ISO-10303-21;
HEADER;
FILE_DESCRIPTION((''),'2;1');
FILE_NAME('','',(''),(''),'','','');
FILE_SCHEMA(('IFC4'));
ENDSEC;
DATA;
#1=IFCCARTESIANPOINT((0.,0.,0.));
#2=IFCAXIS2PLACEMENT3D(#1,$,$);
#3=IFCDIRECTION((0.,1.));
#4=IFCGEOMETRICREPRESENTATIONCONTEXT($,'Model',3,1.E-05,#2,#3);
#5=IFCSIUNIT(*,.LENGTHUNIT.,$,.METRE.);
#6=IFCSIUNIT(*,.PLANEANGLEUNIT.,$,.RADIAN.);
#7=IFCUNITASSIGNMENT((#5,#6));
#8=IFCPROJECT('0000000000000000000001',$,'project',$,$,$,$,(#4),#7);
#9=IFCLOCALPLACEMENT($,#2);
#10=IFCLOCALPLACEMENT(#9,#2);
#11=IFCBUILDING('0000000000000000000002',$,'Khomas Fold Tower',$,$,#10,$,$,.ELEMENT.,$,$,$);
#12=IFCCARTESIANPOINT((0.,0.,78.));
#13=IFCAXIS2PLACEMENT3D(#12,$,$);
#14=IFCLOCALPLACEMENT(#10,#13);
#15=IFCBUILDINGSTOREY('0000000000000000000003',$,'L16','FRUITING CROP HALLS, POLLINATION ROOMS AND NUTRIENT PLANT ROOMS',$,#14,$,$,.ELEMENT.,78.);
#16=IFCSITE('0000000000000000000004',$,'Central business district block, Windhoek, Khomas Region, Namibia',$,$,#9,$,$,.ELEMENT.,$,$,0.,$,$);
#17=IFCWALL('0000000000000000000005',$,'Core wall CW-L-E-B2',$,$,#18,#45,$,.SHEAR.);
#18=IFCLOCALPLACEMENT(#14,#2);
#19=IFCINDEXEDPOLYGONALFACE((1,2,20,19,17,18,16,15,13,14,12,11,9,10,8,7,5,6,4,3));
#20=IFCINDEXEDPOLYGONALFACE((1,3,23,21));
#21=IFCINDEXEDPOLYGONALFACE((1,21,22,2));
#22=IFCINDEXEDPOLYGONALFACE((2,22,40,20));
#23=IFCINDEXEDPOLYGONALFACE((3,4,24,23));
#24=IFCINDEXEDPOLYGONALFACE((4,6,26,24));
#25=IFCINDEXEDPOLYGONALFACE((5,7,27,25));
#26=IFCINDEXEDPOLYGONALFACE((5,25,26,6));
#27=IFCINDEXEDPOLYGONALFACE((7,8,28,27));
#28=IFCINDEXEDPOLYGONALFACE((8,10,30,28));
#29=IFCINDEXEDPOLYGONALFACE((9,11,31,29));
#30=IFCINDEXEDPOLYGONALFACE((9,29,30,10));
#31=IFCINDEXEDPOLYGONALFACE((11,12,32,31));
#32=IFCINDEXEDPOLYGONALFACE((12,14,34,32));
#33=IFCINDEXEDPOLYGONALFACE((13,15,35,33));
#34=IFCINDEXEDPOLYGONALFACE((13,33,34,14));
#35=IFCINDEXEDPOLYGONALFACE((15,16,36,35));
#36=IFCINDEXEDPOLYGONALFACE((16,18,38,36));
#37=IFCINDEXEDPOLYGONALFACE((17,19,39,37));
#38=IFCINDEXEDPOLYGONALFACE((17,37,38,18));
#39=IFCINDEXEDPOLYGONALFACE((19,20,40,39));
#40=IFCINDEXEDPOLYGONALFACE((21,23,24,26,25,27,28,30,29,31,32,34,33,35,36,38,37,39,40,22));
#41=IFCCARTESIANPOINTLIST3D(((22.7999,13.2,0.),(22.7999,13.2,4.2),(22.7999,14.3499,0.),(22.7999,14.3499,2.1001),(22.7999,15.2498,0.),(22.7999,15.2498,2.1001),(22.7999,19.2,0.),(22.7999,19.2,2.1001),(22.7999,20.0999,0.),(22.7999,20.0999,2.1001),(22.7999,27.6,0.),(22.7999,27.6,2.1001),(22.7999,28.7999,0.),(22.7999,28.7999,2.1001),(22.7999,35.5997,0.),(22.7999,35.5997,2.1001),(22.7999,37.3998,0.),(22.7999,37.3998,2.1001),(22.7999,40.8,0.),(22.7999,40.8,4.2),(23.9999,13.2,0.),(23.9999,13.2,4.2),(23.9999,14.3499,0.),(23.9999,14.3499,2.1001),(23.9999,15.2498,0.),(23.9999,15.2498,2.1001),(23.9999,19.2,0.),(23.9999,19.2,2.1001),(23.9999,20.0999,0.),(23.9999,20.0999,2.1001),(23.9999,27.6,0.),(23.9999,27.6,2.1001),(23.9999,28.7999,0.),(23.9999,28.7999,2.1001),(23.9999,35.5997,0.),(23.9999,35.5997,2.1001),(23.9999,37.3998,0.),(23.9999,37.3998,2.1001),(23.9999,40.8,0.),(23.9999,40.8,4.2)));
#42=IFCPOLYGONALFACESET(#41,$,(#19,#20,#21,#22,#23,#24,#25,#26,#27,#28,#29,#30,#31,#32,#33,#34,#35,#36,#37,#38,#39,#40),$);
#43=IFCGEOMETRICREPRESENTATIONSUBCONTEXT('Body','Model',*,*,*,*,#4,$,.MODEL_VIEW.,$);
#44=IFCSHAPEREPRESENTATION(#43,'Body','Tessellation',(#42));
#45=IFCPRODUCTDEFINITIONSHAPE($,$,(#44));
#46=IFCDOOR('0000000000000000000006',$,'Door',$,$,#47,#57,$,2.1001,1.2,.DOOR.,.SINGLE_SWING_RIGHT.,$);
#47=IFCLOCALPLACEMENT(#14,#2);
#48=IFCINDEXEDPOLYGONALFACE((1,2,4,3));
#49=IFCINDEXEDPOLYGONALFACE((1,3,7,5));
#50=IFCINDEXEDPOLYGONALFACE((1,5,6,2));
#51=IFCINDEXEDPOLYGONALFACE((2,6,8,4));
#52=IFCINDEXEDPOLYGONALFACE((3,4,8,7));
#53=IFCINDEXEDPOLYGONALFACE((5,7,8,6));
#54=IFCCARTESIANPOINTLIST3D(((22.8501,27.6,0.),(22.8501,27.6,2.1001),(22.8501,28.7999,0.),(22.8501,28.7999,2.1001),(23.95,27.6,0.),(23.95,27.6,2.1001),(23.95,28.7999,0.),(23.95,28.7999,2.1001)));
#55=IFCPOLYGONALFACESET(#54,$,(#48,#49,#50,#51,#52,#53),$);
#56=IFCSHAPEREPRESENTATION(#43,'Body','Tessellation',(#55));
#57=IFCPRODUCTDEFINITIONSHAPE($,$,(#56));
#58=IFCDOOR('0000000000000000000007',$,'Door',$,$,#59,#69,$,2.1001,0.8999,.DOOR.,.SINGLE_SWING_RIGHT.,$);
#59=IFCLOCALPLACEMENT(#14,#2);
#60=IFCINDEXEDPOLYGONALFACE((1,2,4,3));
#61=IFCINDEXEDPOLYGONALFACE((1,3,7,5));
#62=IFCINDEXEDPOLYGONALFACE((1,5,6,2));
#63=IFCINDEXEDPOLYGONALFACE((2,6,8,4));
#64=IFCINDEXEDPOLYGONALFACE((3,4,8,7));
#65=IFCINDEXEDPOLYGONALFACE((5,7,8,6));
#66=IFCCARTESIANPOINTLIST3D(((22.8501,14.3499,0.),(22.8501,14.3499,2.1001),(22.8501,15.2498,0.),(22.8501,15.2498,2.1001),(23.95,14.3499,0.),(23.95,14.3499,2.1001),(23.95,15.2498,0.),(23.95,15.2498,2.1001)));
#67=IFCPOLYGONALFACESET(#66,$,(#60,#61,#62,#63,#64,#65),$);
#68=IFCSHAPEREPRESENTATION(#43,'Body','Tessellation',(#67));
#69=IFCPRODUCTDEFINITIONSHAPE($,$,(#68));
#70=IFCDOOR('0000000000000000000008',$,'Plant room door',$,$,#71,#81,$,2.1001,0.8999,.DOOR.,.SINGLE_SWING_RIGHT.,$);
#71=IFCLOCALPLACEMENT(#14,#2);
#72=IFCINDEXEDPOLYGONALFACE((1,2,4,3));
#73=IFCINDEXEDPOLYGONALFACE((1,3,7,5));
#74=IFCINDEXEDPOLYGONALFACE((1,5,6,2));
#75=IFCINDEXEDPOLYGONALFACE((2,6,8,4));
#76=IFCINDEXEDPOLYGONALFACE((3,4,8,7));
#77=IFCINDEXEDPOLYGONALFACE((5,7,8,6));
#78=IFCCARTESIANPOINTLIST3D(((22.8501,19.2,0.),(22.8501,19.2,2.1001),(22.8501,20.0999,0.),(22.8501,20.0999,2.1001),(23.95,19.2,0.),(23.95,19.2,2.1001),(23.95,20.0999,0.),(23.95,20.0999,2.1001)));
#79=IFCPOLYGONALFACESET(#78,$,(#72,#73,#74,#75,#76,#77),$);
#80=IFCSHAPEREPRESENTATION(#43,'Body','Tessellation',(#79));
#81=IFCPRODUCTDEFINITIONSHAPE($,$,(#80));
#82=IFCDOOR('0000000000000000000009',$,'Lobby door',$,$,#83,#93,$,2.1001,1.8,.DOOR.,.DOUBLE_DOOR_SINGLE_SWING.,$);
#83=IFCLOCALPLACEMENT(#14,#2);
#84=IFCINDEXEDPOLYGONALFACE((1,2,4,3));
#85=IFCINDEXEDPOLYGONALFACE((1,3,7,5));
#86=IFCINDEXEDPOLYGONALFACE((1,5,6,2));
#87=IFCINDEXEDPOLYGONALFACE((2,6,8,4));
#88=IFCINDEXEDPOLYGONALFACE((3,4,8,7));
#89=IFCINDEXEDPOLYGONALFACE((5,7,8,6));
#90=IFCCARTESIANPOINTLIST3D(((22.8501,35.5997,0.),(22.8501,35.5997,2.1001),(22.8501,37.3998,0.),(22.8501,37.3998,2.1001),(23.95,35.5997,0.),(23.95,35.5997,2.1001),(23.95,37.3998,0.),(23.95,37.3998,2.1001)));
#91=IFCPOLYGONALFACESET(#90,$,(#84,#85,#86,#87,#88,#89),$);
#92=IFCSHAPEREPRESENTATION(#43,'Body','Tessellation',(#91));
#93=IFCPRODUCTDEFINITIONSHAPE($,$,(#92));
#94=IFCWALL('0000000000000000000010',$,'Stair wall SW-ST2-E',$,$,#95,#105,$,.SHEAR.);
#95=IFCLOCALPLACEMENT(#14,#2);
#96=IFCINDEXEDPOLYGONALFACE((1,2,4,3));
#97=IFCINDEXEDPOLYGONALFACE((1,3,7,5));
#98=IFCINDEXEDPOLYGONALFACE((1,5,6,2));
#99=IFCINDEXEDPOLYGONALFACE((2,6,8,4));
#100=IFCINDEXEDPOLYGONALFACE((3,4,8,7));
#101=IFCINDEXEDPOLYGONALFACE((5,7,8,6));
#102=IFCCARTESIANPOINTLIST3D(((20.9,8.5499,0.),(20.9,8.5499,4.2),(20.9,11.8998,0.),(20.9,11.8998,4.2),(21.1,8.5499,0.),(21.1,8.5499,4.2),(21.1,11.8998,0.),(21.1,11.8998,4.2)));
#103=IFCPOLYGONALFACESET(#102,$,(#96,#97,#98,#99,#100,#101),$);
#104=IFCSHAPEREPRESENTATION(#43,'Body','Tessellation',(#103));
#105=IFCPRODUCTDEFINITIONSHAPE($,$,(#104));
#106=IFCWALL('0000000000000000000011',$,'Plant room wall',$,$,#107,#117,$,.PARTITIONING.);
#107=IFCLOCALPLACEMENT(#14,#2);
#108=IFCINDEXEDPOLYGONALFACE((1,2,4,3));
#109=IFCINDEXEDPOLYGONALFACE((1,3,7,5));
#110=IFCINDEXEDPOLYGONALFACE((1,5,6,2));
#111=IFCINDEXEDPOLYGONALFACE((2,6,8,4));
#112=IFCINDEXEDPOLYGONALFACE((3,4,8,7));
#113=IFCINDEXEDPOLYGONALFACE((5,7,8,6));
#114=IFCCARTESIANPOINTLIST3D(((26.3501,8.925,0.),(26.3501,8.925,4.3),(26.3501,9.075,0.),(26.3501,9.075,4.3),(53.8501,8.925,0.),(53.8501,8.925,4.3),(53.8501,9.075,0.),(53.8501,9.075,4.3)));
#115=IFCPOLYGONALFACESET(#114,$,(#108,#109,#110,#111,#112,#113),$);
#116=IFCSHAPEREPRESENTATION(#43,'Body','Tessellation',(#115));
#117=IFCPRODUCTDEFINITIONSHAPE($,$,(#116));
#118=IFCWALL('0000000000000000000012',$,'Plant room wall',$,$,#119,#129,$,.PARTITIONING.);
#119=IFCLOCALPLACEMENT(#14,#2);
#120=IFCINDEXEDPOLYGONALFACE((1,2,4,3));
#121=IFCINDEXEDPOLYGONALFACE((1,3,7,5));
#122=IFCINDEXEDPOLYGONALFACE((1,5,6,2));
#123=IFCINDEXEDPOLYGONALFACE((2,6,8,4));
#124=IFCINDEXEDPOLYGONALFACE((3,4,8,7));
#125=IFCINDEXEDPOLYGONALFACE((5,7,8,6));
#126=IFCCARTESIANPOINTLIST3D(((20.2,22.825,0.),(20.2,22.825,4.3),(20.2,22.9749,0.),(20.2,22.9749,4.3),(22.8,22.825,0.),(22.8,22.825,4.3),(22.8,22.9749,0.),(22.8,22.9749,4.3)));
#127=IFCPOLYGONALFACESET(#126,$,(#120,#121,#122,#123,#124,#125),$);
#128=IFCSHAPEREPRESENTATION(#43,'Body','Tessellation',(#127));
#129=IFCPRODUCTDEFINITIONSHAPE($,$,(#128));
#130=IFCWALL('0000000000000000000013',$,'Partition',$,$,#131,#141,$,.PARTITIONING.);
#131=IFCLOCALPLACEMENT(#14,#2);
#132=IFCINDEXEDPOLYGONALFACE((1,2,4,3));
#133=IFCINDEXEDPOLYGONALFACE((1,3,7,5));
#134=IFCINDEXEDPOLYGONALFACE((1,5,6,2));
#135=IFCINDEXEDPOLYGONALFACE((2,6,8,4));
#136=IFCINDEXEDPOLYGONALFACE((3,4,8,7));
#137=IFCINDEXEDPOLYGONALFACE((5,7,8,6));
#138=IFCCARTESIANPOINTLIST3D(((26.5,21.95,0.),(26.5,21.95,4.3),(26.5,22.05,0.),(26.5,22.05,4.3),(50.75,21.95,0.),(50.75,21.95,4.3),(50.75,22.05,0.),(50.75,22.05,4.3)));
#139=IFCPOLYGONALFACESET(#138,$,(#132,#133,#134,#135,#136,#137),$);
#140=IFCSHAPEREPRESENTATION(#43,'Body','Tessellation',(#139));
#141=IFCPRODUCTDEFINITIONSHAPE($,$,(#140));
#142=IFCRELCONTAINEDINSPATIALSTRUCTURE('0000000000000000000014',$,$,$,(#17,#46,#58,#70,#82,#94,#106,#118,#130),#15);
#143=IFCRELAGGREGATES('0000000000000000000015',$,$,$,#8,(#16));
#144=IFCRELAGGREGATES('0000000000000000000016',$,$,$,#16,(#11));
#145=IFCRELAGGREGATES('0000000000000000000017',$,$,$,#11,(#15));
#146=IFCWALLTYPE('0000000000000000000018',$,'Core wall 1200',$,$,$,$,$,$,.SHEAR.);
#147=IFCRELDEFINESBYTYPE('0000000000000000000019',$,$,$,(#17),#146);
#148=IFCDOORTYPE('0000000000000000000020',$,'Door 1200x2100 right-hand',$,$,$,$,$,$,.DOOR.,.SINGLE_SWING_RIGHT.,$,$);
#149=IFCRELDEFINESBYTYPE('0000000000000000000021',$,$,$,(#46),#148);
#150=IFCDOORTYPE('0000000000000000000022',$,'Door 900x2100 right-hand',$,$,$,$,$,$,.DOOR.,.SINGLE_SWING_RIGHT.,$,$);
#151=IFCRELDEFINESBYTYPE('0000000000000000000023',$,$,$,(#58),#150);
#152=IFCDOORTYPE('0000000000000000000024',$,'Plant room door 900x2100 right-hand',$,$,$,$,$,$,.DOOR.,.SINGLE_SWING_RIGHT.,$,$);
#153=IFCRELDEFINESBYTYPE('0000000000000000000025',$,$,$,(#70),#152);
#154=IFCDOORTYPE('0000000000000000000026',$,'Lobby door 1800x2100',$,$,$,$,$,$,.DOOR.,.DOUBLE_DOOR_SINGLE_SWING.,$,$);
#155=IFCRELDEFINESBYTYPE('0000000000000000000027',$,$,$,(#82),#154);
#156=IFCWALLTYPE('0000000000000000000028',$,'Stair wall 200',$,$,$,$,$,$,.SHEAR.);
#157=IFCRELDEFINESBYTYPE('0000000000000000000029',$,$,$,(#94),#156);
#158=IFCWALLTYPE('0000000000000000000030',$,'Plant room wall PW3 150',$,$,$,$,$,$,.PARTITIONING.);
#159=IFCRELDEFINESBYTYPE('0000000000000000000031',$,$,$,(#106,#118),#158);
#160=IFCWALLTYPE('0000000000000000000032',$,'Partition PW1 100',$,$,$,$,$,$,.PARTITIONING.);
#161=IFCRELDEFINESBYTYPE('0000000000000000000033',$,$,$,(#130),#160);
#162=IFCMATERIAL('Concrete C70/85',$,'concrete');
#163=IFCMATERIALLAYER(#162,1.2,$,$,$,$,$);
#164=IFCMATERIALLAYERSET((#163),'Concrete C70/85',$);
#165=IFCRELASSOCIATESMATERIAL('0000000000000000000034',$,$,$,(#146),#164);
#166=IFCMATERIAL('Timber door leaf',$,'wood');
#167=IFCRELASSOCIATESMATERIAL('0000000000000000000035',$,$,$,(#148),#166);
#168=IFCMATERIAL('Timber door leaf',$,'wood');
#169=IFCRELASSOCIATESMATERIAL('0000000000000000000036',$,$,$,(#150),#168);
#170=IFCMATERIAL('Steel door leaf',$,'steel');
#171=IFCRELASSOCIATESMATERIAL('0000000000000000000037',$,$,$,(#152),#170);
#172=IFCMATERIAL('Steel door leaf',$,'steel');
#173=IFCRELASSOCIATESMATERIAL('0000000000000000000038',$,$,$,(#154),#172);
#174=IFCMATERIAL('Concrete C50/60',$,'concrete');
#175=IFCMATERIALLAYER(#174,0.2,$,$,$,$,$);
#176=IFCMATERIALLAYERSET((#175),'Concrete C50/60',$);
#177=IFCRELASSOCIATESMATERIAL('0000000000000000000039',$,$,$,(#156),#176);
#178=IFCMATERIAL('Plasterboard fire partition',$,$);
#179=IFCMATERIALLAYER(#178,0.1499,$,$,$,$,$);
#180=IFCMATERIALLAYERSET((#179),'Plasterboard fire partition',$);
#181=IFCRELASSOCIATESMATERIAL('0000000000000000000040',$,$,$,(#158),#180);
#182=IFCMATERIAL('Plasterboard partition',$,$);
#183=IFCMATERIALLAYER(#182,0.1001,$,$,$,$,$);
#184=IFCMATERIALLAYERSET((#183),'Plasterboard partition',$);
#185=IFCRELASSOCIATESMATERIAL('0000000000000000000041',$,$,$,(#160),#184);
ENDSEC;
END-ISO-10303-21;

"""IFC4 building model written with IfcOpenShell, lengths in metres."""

from ifc_helpers import new_model, si_unit, direction, frame, frame_2d, origin, place, context, subcontext, project, spatial, rectangle, extrude, source, transform, mapped, material, layer, layer_set, type_object, element, fill, save


model = new_model("IFC4")

# Units and contexts
model_context = context("Model", 3, precision=1e-05, world=origin(), true_north=direction((0.0, 1.0)))
body_context = subcontext(model_context, "Body", "Model", "MODEL_VIEW")
ifc_project = project(units=[si_unit("LENGTHUNIT", "METRE"), si_unit("PLANEANGLEUNIT", "RADIAN")], contexts=[model_context])

# Site, building, storey
site_placement = place(None, origin())
site = spatial("IfcSite", under=ifc_project, at=site_placement, Name="Central business district block, Windhoek, Khomas Region, Namibia", CompositionType="ELEMENT", RefElevation=0.0)
building_placement = place(site_placement, origin())
building = spatial("IfcBuilding", under=site, at=building_placement, Name="Khomas Fold Tower", CompositionType="ELEMENT")
storey_placement = place(building_placement, frame((0.0, 0.0, 78.0)))
storey = spatial("IfcBuildingStorey", under=building, at=storey_placement, Name="L16", Description="FRUITING CROP HALLS, POLLINATION ROOMS AND NUTRIENT PLANT ROOMS", CompositionType="ELEMENT", Elevation=78.0)

# Shared definitions
ifc_material_1 = material(Name="Concrete C70/85", Category="concrete")
ifc_layer_1 = layer(ifc_material_1, 1.2)
ifc_layer_set_1 = layer_set([ifc_layer_1], Name="Concrete C70/85")
wall_type_1 = type_object("IfcWallType", Name="Core wall 1200", PredefinedType="SHEAR", material=ifc_layer_set_1)

# Wall, openings, doors
shared_shape_1 = source(origin(), body_context, "Body", "SweptSolid", [
    extrude(rectangle(XDim=27.6001, YDim=1.2, at=frame_2d((13.8, 0.0))), origin(), (0.0, 0.0, 1.0), 4.2),
])
wall_1_placement = place(storey_placement, frame((23.3999, 13.2, 0.0), z_axis=(0.0, 0.0, 1.0), x_axis=(0.0, 1.0, 0.0)))
wall_1 = element("IfcWall", 1, at=wall_1_placement, inside=storey, type_object=wall_type_1, Name="Core wall CW-L-E-B2", PredefinedType="SHEAR", context=body_context, shape_type="MappedRepresentation", body=[
    mapped(shared_shape_1, transform((0.0, 0.0, 0.0))),
])
shared_shape_2 = source(origin(), body_context, "Body", "SweptSolid", [
    extrude(rectangle(XDim=1.8, YDim=2.1001, at=frame_2d((0.8999, 1.05))), frame((0.0, 0.6099, 0.0), z_axis=(0.0, -1.0, 0.0), x_axis=(1.0, 0.0, 0.0)), (0.0, 0.0, 1.0), 1.22),
])
opening_1_placement = place(wall_1_placement, frame((22.3999, 0.0, 0.0)))
opening_1 = element("IfcOpeningElement", 2, at=opening_1_placement, cuts=wall_1, PredefinedType="OPENING", context=body_context, shape_type="MappedRepresentation", body=[
    mapped(shared_shape_2, transform((0.0, 0.0, 0.0))),
])
shared_shape_3 = source(origin(), body_context, "Body", "SweptSolid", [
    extrude(rectangle(XDim=1.2, YDim=2.1001, at=frame_2d((0.6001, 1.05))), frame((0.0, 0.6099, 0.0), z_axis=(0.0, -1.0, 0.0), x_axis=(1.0, 0.0, 0.0)), (0.0, 0.0, 1.0), 1.22),
])
opening_2_placement = place(wall_1_placement, frame((14.3999, 0.0, 0.0)))
opening_2 = element("IfcOpeningElement", 3, at=opening_2_placement, cuts=wall_1, PredefinedType="OPENING", context=body_context, shape_type="MappedRepresentation", body=[
    mapped(shared_shape_3, transform((0.0, 0.0, 0.0))),
])
shared_shape_4 = source(origin(), body_context, "Body", "SweptSolid", [
    extrude(rectangle(XDim=0.8999, YDim=2.1001, at=frame_2d((0.45, 1.05))), frame((0.0, 0.6099, 0.0), z_axis=(0.0, -1.0, 0.0), x_axis=(1.0, 0.0, 0.0)), (0.0, 0.0, 1.0), 1.22),
])
opening_3_placement = place(wall_1_placement, frame((1.1499, 0.0, 0.0)))
opening_3 = element("IfcOpeningElement", 4, at=opening_3_placement, cuts=wall_1, PredefinedType="OPENING", context=body_context, shape_type="MappedRepresentation", body=[
    mapped(shared_shape_4, transform((0.0, 0.0, 0.0))),
])
opening_4_placement = place(wall_1_placement, frame((6.0, 0.0, 0.0)))
opening_4 = element("IfcOpeningElement", 5, at=opening_4_placement, cuts=wall_1, PredefinedType="OPENING", context=body_context, shape_type="MappedRepresentation", body=[
    mapped(shared_shape_4, transform((0.0, 0.0, 0.0))),
])
ifc_material_2 = material(Name="Timber door leaf", Category="wood")
door_type_1 = type_object("IfcDoorType", Name="Door 1200x2100 right-hand", OperationType="SINGLE_SWING_RIGHT", PredefinedType="DOOR", material=ifc_material_2)
shared_shape_5 = source(origin(), body_context, "Body", "SweptSolid", [
    extrude(rectangle(XDim=1.2, YDim=2.1001, at=frame_2d((0.6001, 1.05))), frame((0.0, 0.5498, 0.0), z_axis=(0.0, -1.0, 0.0), x_axis=(1.0, 0.0, 0.0)), (0.0, 0.0, 1.0), 1.0999),
])
door_1_placement = place(opening_2_placement, origin())
door_1 = element("IfcDoor", 6, at=door_1_placement, inside=storey, type_object=door_type_1, Name="Door", OperationType="SINGLE_SWING_RIGHT", OverallHeight=2.1001, OverallWidth=1.2, PredefinedType="DOOR", context=body_context, shape_type="MappedRepresentation", body=[
    mapped(shared_shape_5, transform((0.0, 0.0, 0.0))),
])
fill(opening_2, door_1)
ifc_material_3 = material(Name="Timber door leaf", Category="wood")
door_type_2 = type_object("IfcDoorType", Name="Door 900x2100 right-hand", OperationType="SINGLE_SWING_RIGHT", PredefinedType="DOOR", material=ifc_material_3)
shared_shape_6 = source(origin(), body_context, "Body", "SweptSolid", [
    extrude(rectangle(XDim=0.8999, YDim=2.1001, at=frame_2d((0.45, 1.05))), frame((0.0, 0.5498, 0.0), z_axis=(0.0, -1.0, 0.0), x_axis=(1.0, 0.0, 0.0)), (0.0, 0.0, 1.0), 1.0999),
])
door_2_placement = place(opening_3_placement, origin())
door_2 = element("IfcDoor", 7, at=door_2_placement, inside=storey, type_object=door_type_2, Name="Door", OperationType="SINGLE_SWING_RIGHT", OverallHeight=2.1001, OverallWidth=0.8999, PredefinedType="DOOR", context=body_context, shape_type="MappedRepresentation", body=[
    mapped(shared_shape_6, transform((0.0, 0.0, 0.0))),
])
fill(opening_3, door_2)
ifc_material_4 = material(Name="Steel door leaf", Category="steel")
door_type_3 = type_object("IfcDoorType", Name="Plant room door 900x2100 right-hand", OperationType="SINGLE_SWING_RIGHT", PredefinedType="DOOR", material=ifc_material_4)
door_3_placement = place(opening_4_placement, origin())
door_3 = element("IfcDoor", 8, at=door_3_placement, inside=storey, type_object=door_type_3, Name="Plant room door", OperationType="SINGLE_SWING_RIGHT", OverallHeight=2.1001, OverallWidth=0.8999, PredefinedType="DOOR", context=body_context, shape_type="MappedRepresentation", body=[
    mapped(shared_shape_6, transform((0.0, 0.0, 0.0))),
])
fill(opening_4, door_3)
ifc_material_5 = material(Name="Steel door leaf", Category="steel")
door_type_4 = type_object("IfcDoorType", Name="Lobby door 1800x2100", OperationType="DOUBLE_DOOR_SINGLE_SWING", PredefinedType="DOOR", material=ifc_material_5)
shared_shape_7 = source(origin(), body_context, "Body", "SweptSolid", [
    extrude(rectangle(XDim=1.8, YDim=2.1001, at=frame_2d((0.8999, 1.05))), frame((0.0, 0.5498, 0.0), z_axis=(0.0, -1.0, 0.0), x_axis=(1.0, 0.0, 0.0)), (0.0, 0.0, 1.0), 1.0999),
])
door_4_placement = place(opening_1_placement, origin())
door_4 = element("IfcDoor", 9, at=door_4_placement, inside=storey, type_object=door_type_4, Name="Lobby door", OperationType="DOUBLE_DOOR_SINGLE_SWING", OverallHeight=2.1001, OverallWidth=1.8, PredefinedType="DOOR", context=body_context, shape_type="MappedRepresentation", body=[
    mapped(shared_shape_7, transform((0.0, 0.0, 0.0))),
])
fill(opening_1, door_4)

# Walls
ifc_material_6 = material(Name="Concrete C50/60", Category="concrete")
ifc_layer_2 = layer(ifc_material_6, 0.2)
ifc_layer_set_2 = layer_set([ifc_layer_2], Name="Concrete C50/60")
wall_type_2 = type_object("IfcWallType", Name="Stair wall 200", PredefinedType="SHEAR", material=ifc_layer_set_2)
shared_shape_8 = source(origin(), body_context, "Body", "SweptSolid", [
    extrude(rectangle(XDim=3.3499, YDim=0.2, at=frame_2d((1.6748, 0.0))), origin(), (0.0, 0.0, 1.0), 4.2),
])
wall_2_placement = place(storey_placement, frame((21.0, 8.55, 0.0), z_axis=(0.0, 0.0, 1.0), x_axis=(0.0, 1.0, 0.0)))
element("IfcWall", 10, at=wall_2_placement, inside=storey, type_object=wall_type_2, Name="Stair wall SW-ST2-E", PredefinedType="SHEAR", context=body_context, shape_type="MappedRepresentation", body=[
    mapped(shared_shape_8, transform((0.0, 0.0, 0.0))),
])
ifc_material_7 = material(Name="Plasterboard fire partition")
ifc_layer_3 = layer(ifc_material_7, 0.1499)
ifc_layer_set_3 = layer_set([ifc_layer_3], Name="Plasterboard fire partition")
wall_type_3 = type_object("IfcWallType", Name="Plant room wall PW3 150", PredefinedType="PARTITIONING", material=ifc_layer_set_3)
shared_shape_9 = source(origin(), body_context, "Body", "SweptSolid", [
    extrude(rectangle(XDim=27.5, YDim=0.1499, at=frame_2d((13.75, 0.0))), origin(), (0.0, 0.0, 1.0), 4.3),
])
wall_3_placement = place(storey_placement, frame((26.3501, 9.0, 0.0), z_axis=(0.0, 0.0, 1.0), x_axis=(1.0, 0.0, 0.0)))
element("IfcWall", 11, at=wall_3_placement, inside=storey, type_object=wall_type_3, Name="Plant room wall", PredefinedType="PARTITIONING", context=body_context, shape_type="MappedRepresentation", body=[
    mapped(shared_shape_9, transform((0.0, 0.0, 0.0))),
])
shared_shape_10 = source(origin(), body_context, "Body", "SweptSolid", [
    extrude(rectangle(XDim=2.6001, YDim=0.1499, at=frame_2d((1.3, 0.0))), origin(), (0.0, 0.0, 1.0), 4.3),
])
wall_4_placement = place(storey_placement, frame((20.2, 22.8999, 0.0), z_axis=(0.0, 0.0, 1.0), x_axis=(1.0, 0.0, 0.0)))
element("IfcWall", 12, at=wall_4_placement, inside=storey, type_object=wall_type_3, Name="Plant room wall", PredefinedType="PARTITIONING", context=body_context, shape_type="MappedRepresentation", body=[
    mapped(shared_shape_10, transform((0.0, 0.0, 0.0))),
])
ifc_material_8 = material(Name="Plasterboard partition")
ifc_layer_4 = layer(ifc_material_8, 0.1001)
ifc_layer_set_4 = layer_set([ifc_layer_4], Name="Plasterboard partition")
wall_type_4 = type_object("IfcWallType", Name="Partition PW1 100", PredefinedType="PARTITIONING", material=ifc_layer_set_4)
shared_shape_11 = source(origin(), body_context, "Body", "SweptSolid", [
    extrude(rectangle(XDim=24.25, YDim=0.1001, at=frame_2d((12.125, 0.0))), origin(), (0.0, 0.0, 1.0), 4.3),
])
wall_5_placement = place(storey_placement, frame((26.5, 22.0, 0.0), z_axis=(0.0, 0.0, 1.0), x_axis=(1.0, 0.0, 0.0)))
element("IfcWall", 13, at=wall_5_placement, inside=storey, type_object=wall_type_4, Name="Partition", PredefinedType="PARTITIONING", context=body_context, shape_type="MappedRepresentation", body=[
    mapped(shared_shape_11, transform((0.0, 0.0, 0.0))),
])

save(model, "model.ifc")
